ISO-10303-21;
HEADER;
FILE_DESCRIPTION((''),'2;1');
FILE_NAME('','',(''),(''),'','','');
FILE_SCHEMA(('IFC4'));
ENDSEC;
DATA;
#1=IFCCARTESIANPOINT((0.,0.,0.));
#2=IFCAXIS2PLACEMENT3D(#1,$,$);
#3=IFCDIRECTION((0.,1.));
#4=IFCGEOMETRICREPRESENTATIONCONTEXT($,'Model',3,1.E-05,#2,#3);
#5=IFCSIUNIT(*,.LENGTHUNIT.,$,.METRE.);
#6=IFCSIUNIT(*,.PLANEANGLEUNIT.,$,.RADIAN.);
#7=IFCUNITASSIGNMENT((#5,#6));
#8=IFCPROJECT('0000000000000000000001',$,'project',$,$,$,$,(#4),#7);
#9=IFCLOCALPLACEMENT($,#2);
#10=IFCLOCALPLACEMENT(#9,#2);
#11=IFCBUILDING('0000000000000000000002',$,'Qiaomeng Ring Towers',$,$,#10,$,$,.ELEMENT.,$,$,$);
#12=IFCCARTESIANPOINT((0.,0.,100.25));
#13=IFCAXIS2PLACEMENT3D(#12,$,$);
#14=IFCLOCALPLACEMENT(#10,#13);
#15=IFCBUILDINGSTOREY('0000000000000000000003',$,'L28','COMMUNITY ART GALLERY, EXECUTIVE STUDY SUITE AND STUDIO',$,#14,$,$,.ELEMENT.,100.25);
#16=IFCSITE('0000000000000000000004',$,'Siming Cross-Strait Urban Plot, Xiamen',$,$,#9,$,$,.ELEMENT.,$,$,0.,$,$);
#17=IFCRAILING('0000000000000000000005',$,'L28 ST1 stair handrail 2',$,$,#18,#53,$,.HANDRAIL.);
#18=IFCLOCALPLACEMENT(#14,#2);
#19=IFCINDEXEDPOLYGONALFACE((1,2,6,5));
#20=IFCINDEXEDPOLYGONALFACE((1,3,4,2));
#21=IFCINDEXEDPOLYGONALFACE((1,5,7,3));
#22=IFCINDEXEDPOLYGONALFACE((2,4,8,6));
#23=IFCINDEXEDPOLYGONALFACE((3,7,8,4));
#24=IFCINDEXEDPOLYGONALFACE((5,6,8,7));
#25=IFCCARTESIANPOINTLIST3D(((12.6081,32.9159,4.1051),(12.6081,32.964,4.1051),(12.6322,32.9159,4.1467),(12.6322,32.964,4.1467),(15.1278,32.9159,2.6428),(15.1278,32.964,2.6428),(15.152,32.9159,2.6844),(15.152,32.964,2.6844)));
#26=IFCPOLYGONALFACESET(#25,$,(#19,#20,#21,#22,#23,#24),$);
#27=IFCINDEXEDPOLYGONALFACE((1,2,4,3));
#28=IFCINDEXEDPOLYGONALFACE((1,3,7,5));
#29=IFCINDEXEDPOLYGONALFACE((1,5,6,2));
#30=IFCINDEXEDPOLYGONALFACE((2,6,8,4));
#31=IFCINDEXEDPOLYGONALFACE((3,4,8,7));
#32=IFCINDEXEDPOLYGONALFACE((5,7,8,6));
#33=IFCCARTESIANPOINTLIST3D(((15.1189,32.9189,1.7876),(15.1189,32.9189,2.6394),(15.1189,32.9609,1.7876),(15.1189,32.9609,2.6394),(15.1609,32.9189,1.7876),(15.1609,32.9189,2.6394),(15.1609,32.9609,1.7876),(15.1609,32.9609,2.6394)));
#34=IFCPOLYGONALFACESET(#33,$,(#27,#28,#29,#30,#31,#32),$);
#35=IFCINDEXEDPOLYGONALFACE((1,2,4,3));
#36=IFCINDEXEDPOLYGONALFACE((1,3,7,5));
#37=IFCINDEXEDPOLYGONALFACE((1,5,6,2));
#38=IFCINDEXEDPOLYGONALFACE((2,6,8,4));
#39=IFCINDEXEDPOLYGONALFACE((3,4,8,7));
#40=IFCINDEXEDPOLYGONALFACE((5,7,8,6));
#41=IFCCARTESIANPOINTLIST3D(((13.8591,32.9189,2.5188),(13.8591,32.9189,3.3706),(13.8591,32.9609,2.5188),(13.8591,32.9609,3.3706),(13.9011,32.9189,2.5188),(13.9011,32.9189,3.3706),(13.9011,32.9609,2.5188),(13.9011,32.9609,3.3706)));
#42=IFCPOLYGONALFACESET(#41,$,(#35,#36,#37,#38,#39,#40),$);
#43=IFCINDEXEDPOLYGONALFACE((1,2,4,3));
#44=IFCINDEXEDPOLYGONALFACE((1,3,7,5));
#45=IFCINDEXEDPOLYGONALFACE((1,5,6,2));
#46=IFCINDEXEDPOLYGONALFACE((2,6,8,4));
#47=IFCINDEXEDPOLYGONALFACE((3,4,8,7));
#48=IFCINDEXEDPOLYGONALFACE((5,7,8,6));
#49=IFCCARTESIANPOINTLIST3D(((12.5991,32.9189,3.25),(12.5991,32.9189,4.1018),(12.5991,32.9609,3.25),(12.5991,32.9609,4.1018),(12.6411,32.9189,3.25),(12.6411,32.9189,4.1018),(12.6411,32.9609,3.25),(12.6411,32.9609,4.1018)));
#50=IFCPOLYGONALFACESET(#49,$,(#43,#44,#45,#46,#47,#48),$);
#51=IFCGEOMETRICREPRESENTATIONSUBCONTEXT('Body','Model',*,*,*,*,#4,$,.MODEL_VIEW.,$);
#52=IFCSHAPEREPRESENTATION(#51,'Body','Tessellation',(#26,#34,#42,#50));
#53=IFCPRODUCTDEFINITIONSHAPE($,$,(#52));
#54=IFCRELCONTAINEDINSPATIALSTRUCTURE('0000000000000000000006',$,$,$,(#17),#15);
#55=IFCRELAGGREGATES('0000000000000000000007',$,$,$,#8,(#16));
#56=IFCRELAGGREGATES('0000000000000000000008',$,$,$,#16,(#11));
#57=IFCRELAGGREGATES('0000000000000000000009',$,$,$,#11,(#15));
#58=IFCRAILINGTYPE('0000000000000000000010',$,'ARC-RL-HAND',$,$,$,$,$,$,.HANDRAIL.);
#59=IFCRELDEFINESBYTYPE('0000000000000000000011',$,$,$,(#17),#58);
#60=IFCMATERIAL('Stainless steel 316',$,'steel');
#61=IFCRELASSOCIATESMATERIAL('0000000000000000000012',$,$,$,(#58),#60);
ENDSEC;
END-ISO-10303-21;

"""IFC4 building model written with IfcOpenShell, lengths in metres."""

from ifc_helpers import new_model, si_unit, direction, frame, origin, origin_2d, place, context, subcontext, project, spatial, rectangle, extrude, material, type_object, element, save


model = new_model("IFC4")

# Units and contexts
model_context = context("Model", 3, precision=1e-05, world=origin(), true_north=direction((0.0, 1.0)))
body_context = subcontext(model_context, "Body", "Model", "MODEL_VIEW")
ifc_project = project(units=[si_unit("LENGTHUNIT", "METRE"), si_unit("PLANEANGLEUNIT", "RADIAN")], contexts=[model_context])

# Site, building, storey
site_placement = place(None, origin())
site = spatial("IfcSite", under=ifc_project, at=site_placement, Name="Siming Cross-Strait Urban Plot, Xiamen", CompositionType="ELEMENT", RefElevation=0.0)
building_placement = place(site_placement, origin())
building = spatial("IfcBuilding", under=site, at=building_placement, Name="Qiaomeng Ring Towers", CompositionType="ELEMENT")
storey_placement = place(building_placement, frame((0.0, 0.0, 100.25)))
storey = spatial("IfcBuildingStorey", under=building, at=storey_placement, Name="L28", Description="COMMUNITY ART GALLERY, EXECUTIVE STUDY SUITE AND STUDIO", CompositionType="ELEMENT", Elevation=100.25)

# Shared definitions
ifc_material_1 = material(Name="Stainless steel 316", Category="steel")

# Railing
railing_type_1 = type_object("IfcRailingType", Name="ARC-RL-HAND", PredefinedType="HANDRAIL", material=ifc_material_1)
railing_1_placement = place(storey_placement, frame((15.1399, 32.9399, 1.7876)))
element("IfcRailing", 1, at=railing_1_placement, inside=storey, type_object=railing_type_1, Name="L28 ST1 stair handrail 2", PredefinedType="HANDRAIL", context=body_context, shape_type="SweptSolid", body=[
    extrude(rectangle(XDim=0.0481, YDim=0.0481, at=origin_2d()), frame((0.0, 0.0, 0.876), z_axis=(-0.864892, 0.0, 0.501958), x_axis=(0.0, -1.0, 0.0)), (0.0, 0.0, 1.0), 2.9133),
    extrude(rectangle(XDim=0.042, YDim=0.042, at=origin_2d()), origin(), (0.0, 0.0, 1.0), 0.8518),
    extrude(rectangle(XDim=0.042, YDim=0.042, at=origin_2d()), frame((-1.2598, 0.0, 0.7312)), (0.0, 0.0, 1.0), 0.8518),
    extrude(rectangle(XDim=0.042, YDim=0.042, at=origin_2d()), frame((-2.5198, 0.0, 1.4624)), (0.0, 0.0, 1.0), 0.8518),
])

save(model, "model.ifc")
